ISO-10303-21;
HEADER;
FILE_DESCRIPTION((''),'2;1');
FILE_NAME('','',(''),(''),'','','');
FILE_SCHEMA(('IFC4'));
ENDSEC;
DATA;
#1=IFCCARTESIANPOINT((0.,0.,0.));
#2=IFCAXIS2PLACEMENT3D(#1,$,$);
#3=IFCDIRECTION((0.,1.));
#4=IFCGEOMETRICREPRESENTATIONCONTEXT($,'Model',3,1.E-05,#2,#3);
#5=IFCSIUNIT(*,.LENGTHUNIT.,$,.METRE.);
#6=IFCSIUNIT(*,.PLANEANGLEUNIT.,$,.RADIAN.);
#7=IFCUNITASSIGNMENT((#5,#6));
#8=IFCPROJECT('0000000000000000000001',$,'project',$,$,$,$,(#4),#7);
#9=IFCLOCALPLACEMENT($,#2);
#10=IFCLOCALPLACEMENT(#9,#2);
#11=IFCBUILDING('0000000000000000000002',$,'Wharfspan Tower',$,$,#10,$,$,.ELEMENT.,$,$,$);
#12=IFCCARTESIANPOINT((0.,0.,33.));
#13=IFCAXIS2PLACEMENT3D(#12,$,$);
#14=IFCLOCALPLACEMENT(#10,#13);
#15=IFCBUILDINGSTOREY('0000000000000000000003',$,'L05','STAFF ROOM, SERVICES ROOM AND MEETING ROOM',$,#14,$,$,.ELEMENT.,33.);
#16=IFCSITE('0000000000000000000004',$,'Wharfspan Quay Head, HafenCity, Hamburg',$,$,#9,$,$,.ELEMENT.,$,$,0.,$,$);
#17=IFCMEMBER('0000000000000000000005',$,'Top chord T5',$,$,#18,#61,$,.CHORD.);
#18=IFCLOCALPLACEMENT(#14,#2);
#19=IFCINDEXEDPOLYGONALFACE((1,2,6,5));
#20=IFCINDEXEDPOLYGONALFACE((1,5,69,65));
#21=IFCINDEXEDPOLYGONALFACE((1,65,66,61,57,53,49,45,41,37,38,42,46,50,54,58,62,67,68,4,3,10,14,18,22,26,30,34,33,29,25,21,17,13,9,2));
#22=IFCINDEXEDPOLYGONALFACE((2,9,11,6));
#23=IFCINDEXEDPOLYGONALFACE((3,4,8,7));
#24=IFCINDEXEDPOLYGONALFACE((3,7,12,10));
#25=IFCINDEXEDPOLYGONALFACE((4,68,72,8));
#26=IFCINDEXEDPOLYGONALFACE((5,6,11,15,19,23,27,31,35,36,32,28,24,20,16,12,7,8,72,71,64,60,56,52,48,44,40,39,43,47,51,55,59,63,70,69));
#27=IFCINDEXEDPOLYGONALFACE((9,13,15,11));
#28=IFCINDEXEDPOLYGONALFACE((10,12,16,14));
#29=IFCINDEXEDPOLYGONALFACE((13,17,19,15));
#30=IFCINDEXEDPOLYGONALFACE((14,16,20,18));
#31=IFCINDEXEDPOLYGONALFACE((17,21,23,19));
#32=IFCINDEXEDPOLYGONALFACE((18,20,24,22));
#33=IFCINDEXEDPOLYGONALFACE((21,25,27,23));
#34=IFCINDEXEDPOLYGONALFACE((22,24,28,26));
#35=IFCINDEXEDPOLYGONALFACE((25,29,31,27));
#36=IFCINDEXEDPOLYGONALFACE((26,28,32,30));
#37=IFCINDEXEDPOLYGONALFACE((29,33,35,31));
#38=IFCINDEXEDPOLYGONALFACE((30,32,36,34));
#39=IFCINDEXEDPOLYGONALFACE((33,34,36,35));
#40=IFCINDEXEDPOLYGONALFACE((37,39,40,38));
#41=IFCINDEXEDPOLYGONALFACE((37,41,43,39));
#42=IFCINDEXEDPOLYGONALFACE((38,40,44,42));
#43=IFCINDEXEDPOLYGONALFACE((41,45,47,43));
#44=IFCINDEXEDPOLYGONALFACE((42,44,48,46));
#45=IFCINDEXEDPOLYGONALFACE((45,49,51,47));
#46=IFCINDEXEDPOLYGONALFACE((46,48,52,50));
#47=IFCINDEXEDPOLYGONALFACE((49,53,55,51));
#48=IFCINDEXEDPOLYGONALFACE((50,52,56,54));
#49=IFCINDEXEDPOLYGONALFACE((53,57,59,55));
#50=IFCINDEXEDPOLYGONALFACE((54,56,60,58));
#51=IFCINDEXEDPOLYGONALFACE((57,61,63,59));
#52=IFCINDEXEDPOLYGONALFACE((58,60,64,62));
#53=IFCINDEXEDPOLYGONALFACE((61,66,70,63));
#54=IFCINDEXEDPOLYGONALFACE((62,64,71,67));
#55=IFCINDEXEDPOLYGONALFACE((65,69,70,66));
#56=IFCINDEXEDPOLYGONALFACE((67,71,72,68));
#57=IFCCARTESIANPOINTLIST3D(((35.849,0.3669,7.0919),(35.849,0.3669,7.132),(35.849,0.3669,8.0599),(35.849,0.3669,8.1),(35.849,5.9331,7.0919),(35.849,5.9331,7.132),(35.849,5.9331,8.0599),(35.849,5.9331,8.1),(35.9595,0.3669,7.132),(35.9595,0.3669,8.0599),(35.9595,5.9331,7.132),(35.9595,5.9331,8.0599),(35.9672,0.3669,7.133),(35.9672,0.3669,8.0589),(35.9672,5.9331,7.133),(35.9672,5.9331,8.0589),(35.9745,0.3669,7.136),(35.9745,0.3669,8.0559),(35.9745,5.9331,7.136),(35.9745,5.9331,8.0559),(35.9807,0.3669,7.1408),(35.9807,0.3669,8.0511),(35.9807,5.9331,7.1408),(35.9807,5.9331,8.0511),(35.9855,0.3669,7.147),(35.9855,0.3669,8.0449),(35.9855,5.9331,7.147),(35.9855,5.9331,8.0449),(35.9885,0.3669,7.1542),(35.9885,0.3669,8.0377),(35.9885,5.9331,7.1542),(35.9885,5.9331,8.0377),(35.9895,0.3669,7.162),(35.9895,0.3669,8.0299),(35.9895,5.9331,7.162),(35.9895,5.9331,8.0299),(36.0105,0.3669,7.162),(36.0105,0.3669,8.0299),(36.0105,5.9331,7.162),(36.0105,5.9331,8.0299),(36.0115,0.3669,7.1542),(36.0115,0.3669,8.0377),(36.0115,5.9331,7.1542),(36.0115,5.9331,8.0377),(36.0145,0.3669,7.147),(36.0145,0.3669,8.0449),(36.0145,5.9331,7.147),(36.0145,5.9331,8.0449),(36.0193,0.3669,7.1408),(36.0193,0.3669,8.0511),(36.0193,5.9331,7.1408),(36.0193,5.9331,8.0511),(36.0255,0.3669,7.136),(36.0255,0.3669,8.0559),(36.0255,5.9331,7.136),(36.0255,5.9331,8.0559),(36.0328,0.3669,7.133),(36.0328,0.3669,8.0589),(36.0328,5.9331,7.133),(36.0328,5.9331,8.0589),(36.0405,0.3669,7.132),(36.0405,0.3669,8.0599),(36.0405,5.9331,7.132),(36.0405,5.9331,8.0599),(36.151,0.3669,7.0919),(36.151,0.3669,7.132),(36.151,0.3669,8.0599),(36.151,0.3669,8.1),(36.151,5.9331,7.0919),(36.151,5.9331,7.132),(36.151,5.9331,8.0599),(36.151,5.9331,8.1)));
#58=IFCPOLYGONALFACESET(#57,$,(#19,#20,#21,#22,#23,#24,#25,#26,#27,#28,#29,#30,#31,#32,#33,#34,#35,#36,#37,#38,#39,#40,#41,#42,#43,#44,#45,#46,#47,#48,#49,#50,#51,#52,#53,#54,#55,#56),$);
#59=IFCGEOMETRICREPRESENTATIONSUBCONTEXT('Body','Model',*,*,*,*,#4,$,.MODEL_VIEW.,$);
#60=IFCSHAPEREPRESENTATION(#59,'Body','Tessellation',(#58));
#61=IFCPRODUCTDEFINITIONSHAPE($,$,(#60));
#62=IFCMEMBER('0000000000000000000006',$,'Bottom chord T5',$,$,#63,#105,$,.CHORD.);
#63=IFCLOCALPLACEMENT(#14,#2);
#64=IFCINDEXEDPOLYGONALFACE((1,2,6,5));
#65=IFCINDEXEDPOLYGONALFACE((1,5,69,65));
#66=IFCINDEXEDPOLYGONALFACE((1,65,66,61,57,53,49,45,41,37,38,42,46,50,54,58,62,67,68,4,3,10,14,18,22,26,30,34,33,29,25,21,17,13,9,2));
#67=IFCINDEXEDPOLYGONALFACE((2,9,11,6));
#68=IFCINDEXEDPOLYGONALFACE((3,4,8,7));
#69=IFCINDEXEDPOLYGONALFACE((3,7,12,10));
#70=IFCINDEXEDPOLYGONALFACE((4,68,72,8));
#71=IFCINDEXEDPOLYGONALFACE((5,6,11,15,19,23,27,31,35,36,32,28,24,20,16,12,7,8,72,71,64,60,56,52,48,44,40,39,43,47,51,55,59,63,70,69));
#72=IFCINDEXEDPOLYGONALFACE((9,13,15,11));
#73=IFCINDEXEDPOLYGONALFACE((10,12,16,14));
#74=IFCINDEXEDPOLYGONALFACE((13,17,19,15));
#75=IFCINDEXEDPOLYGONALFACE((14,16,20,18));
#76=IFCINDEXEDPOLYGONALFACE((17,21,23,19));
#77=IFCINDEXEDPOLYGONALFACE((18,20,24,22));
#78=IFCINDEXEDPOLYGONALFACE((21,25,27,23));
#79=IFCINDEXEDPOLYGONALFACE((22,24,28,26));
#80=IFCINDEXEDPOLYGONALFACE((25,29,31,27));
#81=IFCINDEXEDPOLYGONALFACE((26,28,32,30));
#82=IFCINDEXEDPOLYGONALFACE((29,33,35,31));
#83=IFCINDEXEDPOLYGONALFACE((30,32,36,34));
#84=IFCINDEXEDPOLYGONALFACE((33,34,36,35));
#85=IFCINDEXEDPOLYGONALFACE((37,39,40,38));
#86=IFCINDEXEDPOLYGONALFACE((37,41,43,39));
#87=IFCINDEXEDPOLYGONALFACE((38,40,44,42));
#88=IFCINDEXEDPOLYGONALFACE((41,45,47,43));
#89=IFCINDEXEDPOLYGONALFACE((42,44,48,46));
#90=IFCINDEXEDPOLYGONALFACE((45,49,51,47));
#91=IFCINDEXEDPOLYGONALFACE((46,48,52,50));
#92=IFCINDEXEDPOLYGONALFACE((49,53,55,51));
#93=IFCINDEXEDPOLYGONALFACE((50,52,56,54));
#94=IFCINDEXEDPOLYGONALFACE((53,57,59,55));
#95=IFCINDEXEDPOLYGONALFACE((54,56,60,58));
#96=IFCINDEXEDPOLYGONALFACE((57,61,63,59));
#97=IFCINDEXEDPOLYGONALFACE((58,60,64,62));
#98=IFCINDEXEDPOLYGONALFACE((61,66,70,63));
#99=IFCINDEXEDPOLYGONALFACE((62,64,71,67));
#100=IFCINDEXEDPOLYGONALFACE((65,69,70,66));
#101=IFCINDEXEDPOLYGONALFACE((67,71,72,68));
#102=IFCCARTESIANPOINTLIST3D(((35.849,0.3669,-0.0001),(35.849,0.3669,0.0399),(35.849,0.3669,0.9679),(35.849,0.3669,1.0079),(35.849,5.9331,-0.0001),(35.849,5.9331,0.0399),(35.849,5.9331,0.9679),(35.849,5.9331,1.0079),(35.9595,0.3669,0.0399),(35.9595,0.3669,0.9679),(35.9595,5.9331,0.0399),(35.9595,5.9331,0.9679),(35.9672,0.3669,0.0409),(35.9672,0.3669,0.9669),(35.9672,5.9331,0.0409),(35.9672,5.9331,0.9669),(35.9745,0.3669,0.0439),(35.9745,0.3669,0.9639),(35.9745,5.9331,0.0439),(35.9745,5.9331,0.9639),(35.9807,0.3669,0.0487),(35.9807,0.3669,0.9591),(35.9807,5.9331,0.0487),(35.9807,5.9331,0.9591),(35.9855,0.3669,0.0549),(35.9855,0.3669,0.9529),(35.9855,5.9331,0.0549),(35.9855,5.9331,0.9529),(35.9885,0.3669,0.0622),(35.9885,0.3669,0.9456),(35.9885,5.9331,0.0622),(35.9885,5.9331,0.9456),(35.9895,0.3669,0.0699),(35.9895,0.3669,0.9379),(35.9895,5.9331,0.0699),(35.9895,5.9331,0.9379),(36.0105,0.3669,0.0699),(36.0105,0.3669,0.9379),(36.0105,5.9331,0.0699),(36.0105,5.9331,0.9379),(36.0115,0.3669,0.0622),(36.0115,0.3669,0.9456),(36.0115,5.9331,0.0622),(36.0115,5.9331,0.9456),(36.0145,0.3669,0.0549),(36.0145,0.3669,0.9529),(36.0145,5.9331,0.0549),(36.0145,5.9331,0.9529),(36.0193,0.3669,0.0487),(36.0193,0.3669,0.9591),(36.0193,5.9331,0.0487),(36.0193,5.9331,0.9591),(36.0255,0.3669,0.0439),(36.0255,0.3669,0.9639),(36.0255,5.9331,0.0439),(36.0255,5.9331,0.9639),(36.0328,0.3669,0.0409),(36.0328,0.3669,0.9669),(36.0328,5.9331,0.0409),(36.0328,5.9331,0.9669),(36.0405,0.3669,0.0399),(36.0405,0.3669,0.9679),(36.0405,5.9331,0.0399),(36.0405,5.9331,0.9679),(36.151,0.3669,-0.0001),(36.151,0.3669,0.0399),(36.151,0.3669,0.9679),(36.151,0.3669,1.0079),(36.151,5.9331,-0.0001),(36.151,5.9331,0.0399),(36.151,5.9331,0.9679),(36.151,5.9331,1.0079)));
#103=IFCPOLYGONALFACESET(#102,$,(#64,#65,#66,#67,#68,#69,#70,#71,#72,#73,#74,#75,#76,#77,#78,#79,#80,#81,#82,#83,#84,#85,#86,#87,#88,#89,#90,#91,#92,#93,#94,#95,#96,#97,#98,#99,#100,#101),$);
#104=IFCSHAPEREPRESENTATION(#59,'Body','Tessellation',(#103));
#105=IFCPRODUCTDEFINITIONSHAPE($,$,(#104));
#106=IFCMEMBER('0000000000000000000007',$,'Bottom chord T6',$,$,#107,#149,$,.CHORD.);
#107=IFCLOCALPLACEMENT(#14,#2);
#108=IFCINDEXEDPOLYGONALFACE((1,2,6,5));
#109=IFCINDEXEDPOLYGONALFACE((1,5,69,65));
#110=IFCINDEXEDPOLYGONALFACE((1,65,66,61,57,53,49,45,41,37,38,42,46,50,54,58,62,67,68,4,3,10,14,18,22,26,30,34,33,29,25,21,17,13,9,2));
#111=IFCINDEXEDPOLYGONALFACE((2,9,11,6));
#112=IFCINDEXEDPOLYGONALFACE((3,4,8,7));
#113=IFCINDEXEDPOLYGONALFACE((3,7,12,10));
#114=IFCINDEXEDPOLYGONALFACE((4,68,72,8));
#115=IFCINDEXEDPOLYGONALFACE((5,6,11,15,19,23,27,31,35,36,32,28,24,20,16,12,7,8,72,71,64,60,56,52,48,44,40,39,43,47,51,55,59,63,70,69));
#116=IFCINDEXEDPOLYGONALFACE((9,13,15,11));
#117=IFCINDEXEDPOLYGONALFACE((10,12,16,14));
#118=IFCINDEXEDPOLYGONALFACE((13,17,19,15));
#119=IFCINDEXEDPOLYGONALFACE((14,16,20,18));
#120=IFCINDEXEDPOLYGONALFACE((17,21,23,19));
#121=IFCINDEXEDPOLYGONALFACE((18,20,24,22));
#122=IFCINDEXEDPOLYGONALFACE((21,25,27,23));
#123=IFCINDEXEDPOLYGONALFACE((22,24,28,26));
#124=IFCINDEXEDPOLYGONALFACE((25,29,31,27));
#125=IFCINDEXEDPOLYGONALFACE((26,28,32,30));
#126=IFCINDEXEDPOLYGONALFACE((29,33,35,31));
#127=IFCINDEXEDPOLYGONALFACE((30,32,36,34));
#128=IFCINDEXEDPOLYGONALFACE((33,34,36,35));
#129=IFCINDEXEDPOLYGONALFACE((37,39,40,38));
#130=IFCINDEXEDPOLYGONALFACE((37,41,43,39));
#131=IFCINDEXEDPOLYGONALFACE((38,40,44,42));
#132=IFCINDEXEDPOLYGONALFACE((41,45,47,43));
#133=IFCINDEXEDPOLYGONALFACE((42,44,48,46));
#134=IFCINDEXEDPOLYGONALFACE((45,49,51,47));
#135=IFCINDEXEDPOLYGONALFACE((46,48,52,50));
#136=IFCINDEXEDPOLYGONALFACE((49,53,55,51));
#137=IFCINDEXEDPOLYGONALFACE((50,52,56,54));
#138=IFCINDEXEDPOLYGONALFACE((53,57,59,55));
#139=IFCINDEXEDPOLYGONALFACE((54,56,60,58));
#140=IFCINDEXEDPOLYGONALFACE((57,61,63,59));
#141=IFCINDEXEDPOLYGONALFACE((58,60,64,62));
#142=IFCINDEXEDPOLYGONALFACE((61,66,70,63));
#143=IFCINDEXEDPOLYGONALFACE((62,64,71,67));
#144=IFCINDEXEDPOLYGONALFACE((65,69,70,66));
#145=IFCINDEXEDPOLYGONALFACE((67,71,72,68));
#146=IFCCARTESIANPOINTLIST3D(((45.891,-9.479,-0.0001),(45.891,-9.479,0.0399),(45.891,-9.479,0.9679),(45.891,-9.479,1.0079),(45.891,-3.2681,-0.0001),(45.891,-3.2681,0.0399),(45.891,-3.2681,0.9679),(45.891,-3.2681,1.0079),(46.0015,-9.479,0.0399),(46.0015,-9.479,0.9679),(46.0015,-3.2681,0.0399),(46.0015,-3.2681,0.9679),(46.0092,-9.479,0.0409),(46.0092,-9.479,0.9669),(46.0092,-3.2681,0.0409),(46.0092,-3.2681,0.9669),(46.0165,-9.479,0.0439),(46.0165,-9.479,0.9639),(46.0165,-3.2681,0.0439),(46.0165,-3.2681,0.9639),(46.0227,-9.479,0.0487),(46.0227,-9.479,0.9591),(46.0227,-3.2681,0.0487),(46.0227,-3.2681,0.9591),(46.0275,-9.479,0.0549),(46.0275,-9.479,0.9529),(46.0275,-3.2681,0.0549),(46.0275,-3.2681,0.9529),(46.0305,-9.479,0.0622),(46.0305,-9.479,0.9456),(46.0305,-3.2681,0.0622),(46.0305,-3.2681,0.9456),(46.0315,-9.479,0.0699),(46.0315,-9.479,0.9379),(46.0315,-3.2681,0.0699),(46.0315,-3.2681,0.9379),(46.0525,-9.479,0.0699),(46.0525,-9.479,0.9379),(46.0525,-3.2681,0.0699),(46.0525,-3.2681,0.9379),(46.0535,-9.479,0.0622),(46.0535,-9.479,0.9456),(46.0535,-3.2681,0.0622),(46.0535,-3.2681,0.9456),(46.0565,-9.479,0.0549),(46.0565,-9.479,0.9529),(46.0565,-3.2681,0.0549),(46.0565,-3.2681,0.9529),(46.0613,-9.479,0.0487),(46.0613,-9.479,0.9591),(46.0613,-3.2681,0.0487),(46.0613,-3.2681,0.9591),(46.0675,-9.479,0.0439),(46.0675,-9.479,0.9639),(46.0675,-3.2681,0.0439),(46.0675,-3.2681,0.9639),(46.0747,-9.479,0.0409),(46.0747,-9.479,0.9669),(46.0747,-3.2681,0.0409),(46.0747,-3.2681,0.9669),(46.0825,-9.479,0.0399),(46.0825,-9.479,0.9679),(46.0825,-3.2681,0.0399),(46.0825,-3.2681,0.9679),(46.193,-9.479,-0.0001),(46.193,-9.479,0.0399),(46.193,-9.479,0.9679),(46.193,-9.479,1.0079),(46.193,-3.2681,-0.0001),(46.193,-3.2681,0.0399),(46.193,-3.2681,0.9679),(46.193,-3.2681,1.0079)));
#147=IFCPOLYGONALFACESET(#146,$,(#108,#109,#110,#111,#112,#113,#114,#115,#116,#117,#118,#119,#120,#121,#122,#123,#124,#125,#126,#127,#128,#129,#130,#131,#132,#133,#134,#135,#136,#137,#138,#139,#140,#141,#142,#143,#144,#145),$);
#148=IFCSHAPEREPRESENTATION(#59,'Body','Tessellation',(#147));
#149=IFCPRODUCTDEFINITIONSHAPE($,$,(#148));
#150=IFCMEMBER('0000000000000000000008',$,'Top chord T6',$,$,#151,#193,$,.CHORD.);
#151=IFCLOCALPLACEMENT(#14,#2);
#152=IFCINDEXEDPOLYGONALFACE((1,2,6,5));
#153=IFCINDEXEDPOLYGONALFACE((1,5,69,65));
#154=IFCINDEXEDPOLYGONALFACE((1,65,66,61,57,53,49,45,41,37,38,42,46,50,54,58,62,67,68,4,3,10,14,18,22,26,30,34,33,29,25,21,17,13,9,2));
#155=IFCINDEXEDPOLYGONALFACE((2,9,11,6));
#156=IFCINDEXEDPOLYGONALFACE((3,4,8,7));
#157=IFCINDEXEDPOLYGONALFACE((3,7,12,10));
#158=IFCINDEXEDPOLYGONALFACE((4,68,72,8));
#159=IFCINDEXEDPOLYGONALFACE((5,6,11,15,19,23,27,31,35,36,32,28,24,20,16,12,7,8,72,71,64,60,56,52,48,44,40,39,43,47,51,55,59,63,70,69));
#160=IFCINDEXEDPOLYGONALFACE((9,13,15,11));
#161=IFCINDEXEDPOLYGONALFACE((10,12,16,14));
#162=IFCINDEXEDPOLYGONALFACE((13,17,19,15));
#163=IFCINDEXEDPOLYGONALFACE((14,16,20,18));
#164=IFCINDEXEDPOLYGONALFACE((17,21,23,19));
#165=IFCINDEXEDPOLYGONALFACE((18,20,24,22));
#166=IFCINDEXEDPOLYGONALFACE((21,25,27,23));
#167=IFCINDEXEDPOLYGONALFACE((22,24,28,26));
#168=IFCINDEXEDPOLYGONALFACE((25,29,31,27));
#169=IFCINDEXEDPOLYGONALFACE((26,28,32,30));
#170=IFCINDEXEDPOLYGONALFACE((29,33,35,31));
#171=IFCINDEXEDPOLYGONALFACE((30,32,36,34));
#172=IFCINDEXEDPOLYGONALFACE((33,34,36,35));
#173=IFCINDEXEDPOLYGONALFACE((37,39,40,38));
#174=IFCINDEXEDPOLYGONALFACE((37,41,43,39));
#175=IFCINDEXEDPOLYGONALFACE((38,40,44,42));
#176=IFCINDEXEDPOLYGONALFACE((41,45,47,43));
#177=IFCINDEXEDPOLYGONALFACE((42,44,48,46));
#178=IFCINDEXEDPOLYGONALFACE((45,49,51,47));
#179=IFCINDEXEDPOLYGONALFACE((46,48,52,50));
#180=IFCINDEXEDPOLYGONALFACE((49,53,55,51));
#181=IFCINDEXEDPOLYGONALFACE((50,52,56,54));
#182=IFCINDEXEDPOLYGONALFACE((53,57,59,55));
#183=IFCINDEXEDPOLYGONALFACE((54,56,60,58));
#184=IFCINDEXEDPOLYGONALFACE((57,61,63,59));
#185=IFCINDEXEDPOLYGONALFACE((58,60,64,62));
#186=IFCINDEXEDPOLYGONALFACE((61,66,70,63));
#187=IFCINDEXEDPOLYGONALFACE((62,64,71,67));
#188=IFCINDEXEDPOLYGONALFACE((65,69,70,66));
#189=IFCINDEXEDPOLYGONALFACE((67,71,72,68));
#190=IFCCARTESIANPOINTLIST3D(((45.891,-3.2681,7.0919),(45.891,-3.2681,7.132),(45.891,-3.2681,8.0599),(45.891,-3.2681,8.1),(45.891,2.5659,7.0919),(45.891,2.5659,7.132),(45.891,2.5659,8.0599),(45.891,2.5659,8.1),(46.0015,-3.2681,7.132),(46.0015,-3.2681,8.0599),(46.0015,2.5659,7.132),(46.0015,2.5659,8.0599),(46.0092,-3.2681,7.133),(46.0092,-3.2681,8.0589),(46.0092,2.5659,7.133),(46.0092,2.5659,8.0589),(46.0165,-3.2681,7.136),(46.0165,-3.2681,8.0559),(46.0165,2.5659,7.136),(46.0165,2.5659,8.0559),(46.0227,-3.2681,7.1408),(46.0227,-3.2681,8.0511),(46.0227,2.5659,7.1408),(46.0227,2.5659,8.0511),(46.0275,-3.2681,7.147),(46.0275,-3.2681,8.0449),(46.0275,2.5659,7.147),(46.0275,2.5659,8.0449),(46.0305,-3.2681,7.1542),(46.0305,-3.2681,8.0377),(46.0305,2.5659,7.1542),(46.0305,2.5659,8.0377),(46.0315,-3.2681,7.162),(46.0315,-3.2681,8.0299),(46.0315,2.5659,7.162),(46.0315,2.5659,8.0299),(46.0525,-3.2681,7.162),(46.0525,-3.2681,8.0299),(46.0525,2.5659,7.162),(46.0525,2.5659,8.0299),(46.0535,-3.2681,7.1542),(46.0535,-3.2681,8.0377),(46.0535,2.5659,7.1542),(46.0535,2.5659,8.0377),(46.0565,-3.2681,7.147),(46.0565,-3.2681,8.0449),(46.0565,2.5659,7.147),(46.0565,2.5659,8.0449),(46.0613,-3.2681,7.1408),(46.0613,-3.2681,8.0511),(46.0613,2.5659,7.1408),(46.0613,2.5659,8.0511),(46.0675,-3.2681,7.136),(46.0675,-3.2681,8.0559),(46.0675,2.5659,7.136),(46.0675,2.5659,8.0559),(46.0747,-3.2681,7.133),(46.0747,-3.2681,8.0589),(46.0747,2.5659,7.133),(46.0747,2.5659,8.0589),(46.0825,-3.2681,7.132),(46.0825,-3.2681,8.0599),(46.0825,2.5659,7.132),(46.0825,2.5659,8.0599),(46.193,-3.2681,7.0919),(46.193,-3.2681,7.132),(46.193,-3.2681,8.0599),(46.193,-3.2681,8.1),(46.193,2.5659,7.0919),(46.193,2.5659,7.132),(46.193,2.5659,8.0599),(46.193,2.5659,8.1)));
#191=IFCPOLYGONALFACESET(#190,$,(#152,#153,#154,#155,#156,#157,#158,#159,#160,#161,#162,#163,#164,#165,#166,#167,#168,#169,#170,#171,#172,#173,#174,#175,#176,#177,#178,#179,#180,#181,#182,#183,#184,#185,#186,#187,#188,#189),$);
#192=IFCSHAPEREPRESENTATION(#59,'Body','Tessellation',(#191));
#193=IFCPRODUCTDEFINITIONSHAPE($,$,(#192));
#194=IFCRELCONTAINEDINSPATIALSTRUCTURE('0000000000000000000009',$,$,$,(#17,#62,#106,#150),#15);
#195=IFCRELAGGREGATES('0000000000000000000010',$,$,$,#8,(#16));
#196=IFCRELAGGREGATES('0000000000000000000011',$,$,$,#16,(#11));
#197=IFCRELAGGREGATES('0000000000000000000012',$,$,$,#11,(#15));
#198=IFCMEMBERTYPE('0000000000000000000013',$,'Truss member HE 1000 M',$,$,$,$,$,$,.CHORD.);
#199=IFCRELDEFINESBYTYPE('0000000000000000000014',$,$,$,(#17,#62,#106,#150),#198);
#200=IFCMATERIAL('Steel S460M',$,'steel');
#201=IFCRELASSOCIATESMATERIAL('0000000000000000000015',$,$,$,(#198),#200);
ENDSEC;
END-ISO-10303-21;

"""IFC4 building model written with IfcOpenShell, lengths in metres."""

from ifc_helpers import new_model, si_unit, direction, frame, origin, origin_2d, place, context, subcontext, project, spatial, i_section, extrude, material, material_profile, profile_set, type_object, element, save


model = new_model("IFC4")

# Units and contexts
model_context = context("Model", 3, precision=1e-05, world=origin(), true_north=direction((0.0, 1.0)))
body_context = subcontext(model_context, "Body", "Model", "MODEL_VIEW")
ifc_project = project(units=[si_unit("LENGTHUNIT", "METRE"), si_unit("PLANEANGLEUNIT", "RADIAN")], contexts=[model_context])

# Site, building, storey
site_placement = place(None, origin())
site = spatial("IfcSite", under=ifc_project, at=site_placement, Name="Wharfspan Quay Head, HafenCity, Hamburg", CompositionType="ELEMENT", RefElevation=0.0)
building_placement = place(site_placement, origin())
building = spatial("IfcBuilding", under=site, at=building_placement, Name="Wharfspan Tower", CompositionType="ELEMENT")
storey_placement = place(building_placement, frame((0.0, 0.0, 33.0)))
storey = spatial("IfcBuildingStorey", under=building, at=storey_placement, Name="L05", Description="STAFF ROOM, SERVICES ROOM AND MEETING ROOM", CompositionType="ELEMENT", Elevation=33.0)

# Shared definitions
ifc_material_1 = material(Name="Steel S460M", Category="steel")

# Members
ifc_material_profile_1 = material_profile(ifc_material_1, i_section(OverallWidth=0.302, OverallDepth=1.0081, WebThickness=0.021, FlangeThickness=0.04, FilletRadius=0.03, at=origin_2d()))
ifc_profile_set_1 = profile_set([ifc_material_profile_1], Name="Steel S460M")
member_type_1 = type_object("IfcMemberType", Name="Truss member HE 1000 M", PredefinedType="CHORD", material=ifc_profile_set_1)
for number, where, z_axis, x_axis, name in (
    (1, (36.0, 0.3669, 7.5959), (0.0, 1.0, 0.0), (-1.0, 0.0, 0.0), "Top chord T5"),
    (2, (36.0, 0.3669, 0.5039), (0.0, 1.0, 0.0), (-1.0, 0.0, 0.0), "Bottom chord T5"),
):
    element("IfcMember", number, at=place(storey_placement, frame(where, z_axis=z_axis, x_axis=x_axis)), inside=storey, type_object=member_type_1, Name=name, PredefinedType="CHORD", context=body_context, shape_type="SweptSolid", body=[
        extrude(i_section(OverallWidth=0.302, OverallDepth=1.0081, WebThickness=0.021, FlangeThickness=0.04, FilletRadius=0.03, at=origin_2d()), origin(), (0.0, 0.0, 1.0), 5.5662),
    ])
member_1_placement = place(storey_placement, frame((46.042, -9.479, 0.5039), z_axis=(0.0, 1.0, 0.0), x_axis=(-1.0, 0.0, 0.0)))
element("IfcMember", 3, at=member_1_placement, inside=storey, type_object=member_type_1, Name="Bottom chord T6", PredefinedType="CHORD", context=body_context, shape_type="SweptSolid", body=[
    extrude(i_section(OverallWidth=0.302, OverallDepth=1.0081, WebThickness=0.021, FlangeThickness=0.04, FilletRadius=0.03, at=origin_2d()), origin(), (0.0, 0.0, 1.0), 6.2109),
])
for number, where, z_axis, x_axis, name in (
    (4, (46.042, -3.2681, 7.5959), (0.0, 1.0, 0.0), (-1.0, 0.0, 0.0), "Top chord T6"),
):
    element("IfcMember", number, at=place(storey_placement, frame(where, z_axis=z_axis, x_axis=x_axis)), inside=storey, type_object=member_type_1, Name=name, PredefinedType="CHORD", context=body_context, shape_type="SweptSolid", body=[
        extrude(i_section(OverallWidth=0.302, OverallDepth=1.0081, WebThickness=0.021, FlangeThickness=0.04, FilletRadius=0.03, at=origin_2d()), origin(), (0.0, 0.0, 1.0), 5.834),
    ])

save(model, "model.ifc")
